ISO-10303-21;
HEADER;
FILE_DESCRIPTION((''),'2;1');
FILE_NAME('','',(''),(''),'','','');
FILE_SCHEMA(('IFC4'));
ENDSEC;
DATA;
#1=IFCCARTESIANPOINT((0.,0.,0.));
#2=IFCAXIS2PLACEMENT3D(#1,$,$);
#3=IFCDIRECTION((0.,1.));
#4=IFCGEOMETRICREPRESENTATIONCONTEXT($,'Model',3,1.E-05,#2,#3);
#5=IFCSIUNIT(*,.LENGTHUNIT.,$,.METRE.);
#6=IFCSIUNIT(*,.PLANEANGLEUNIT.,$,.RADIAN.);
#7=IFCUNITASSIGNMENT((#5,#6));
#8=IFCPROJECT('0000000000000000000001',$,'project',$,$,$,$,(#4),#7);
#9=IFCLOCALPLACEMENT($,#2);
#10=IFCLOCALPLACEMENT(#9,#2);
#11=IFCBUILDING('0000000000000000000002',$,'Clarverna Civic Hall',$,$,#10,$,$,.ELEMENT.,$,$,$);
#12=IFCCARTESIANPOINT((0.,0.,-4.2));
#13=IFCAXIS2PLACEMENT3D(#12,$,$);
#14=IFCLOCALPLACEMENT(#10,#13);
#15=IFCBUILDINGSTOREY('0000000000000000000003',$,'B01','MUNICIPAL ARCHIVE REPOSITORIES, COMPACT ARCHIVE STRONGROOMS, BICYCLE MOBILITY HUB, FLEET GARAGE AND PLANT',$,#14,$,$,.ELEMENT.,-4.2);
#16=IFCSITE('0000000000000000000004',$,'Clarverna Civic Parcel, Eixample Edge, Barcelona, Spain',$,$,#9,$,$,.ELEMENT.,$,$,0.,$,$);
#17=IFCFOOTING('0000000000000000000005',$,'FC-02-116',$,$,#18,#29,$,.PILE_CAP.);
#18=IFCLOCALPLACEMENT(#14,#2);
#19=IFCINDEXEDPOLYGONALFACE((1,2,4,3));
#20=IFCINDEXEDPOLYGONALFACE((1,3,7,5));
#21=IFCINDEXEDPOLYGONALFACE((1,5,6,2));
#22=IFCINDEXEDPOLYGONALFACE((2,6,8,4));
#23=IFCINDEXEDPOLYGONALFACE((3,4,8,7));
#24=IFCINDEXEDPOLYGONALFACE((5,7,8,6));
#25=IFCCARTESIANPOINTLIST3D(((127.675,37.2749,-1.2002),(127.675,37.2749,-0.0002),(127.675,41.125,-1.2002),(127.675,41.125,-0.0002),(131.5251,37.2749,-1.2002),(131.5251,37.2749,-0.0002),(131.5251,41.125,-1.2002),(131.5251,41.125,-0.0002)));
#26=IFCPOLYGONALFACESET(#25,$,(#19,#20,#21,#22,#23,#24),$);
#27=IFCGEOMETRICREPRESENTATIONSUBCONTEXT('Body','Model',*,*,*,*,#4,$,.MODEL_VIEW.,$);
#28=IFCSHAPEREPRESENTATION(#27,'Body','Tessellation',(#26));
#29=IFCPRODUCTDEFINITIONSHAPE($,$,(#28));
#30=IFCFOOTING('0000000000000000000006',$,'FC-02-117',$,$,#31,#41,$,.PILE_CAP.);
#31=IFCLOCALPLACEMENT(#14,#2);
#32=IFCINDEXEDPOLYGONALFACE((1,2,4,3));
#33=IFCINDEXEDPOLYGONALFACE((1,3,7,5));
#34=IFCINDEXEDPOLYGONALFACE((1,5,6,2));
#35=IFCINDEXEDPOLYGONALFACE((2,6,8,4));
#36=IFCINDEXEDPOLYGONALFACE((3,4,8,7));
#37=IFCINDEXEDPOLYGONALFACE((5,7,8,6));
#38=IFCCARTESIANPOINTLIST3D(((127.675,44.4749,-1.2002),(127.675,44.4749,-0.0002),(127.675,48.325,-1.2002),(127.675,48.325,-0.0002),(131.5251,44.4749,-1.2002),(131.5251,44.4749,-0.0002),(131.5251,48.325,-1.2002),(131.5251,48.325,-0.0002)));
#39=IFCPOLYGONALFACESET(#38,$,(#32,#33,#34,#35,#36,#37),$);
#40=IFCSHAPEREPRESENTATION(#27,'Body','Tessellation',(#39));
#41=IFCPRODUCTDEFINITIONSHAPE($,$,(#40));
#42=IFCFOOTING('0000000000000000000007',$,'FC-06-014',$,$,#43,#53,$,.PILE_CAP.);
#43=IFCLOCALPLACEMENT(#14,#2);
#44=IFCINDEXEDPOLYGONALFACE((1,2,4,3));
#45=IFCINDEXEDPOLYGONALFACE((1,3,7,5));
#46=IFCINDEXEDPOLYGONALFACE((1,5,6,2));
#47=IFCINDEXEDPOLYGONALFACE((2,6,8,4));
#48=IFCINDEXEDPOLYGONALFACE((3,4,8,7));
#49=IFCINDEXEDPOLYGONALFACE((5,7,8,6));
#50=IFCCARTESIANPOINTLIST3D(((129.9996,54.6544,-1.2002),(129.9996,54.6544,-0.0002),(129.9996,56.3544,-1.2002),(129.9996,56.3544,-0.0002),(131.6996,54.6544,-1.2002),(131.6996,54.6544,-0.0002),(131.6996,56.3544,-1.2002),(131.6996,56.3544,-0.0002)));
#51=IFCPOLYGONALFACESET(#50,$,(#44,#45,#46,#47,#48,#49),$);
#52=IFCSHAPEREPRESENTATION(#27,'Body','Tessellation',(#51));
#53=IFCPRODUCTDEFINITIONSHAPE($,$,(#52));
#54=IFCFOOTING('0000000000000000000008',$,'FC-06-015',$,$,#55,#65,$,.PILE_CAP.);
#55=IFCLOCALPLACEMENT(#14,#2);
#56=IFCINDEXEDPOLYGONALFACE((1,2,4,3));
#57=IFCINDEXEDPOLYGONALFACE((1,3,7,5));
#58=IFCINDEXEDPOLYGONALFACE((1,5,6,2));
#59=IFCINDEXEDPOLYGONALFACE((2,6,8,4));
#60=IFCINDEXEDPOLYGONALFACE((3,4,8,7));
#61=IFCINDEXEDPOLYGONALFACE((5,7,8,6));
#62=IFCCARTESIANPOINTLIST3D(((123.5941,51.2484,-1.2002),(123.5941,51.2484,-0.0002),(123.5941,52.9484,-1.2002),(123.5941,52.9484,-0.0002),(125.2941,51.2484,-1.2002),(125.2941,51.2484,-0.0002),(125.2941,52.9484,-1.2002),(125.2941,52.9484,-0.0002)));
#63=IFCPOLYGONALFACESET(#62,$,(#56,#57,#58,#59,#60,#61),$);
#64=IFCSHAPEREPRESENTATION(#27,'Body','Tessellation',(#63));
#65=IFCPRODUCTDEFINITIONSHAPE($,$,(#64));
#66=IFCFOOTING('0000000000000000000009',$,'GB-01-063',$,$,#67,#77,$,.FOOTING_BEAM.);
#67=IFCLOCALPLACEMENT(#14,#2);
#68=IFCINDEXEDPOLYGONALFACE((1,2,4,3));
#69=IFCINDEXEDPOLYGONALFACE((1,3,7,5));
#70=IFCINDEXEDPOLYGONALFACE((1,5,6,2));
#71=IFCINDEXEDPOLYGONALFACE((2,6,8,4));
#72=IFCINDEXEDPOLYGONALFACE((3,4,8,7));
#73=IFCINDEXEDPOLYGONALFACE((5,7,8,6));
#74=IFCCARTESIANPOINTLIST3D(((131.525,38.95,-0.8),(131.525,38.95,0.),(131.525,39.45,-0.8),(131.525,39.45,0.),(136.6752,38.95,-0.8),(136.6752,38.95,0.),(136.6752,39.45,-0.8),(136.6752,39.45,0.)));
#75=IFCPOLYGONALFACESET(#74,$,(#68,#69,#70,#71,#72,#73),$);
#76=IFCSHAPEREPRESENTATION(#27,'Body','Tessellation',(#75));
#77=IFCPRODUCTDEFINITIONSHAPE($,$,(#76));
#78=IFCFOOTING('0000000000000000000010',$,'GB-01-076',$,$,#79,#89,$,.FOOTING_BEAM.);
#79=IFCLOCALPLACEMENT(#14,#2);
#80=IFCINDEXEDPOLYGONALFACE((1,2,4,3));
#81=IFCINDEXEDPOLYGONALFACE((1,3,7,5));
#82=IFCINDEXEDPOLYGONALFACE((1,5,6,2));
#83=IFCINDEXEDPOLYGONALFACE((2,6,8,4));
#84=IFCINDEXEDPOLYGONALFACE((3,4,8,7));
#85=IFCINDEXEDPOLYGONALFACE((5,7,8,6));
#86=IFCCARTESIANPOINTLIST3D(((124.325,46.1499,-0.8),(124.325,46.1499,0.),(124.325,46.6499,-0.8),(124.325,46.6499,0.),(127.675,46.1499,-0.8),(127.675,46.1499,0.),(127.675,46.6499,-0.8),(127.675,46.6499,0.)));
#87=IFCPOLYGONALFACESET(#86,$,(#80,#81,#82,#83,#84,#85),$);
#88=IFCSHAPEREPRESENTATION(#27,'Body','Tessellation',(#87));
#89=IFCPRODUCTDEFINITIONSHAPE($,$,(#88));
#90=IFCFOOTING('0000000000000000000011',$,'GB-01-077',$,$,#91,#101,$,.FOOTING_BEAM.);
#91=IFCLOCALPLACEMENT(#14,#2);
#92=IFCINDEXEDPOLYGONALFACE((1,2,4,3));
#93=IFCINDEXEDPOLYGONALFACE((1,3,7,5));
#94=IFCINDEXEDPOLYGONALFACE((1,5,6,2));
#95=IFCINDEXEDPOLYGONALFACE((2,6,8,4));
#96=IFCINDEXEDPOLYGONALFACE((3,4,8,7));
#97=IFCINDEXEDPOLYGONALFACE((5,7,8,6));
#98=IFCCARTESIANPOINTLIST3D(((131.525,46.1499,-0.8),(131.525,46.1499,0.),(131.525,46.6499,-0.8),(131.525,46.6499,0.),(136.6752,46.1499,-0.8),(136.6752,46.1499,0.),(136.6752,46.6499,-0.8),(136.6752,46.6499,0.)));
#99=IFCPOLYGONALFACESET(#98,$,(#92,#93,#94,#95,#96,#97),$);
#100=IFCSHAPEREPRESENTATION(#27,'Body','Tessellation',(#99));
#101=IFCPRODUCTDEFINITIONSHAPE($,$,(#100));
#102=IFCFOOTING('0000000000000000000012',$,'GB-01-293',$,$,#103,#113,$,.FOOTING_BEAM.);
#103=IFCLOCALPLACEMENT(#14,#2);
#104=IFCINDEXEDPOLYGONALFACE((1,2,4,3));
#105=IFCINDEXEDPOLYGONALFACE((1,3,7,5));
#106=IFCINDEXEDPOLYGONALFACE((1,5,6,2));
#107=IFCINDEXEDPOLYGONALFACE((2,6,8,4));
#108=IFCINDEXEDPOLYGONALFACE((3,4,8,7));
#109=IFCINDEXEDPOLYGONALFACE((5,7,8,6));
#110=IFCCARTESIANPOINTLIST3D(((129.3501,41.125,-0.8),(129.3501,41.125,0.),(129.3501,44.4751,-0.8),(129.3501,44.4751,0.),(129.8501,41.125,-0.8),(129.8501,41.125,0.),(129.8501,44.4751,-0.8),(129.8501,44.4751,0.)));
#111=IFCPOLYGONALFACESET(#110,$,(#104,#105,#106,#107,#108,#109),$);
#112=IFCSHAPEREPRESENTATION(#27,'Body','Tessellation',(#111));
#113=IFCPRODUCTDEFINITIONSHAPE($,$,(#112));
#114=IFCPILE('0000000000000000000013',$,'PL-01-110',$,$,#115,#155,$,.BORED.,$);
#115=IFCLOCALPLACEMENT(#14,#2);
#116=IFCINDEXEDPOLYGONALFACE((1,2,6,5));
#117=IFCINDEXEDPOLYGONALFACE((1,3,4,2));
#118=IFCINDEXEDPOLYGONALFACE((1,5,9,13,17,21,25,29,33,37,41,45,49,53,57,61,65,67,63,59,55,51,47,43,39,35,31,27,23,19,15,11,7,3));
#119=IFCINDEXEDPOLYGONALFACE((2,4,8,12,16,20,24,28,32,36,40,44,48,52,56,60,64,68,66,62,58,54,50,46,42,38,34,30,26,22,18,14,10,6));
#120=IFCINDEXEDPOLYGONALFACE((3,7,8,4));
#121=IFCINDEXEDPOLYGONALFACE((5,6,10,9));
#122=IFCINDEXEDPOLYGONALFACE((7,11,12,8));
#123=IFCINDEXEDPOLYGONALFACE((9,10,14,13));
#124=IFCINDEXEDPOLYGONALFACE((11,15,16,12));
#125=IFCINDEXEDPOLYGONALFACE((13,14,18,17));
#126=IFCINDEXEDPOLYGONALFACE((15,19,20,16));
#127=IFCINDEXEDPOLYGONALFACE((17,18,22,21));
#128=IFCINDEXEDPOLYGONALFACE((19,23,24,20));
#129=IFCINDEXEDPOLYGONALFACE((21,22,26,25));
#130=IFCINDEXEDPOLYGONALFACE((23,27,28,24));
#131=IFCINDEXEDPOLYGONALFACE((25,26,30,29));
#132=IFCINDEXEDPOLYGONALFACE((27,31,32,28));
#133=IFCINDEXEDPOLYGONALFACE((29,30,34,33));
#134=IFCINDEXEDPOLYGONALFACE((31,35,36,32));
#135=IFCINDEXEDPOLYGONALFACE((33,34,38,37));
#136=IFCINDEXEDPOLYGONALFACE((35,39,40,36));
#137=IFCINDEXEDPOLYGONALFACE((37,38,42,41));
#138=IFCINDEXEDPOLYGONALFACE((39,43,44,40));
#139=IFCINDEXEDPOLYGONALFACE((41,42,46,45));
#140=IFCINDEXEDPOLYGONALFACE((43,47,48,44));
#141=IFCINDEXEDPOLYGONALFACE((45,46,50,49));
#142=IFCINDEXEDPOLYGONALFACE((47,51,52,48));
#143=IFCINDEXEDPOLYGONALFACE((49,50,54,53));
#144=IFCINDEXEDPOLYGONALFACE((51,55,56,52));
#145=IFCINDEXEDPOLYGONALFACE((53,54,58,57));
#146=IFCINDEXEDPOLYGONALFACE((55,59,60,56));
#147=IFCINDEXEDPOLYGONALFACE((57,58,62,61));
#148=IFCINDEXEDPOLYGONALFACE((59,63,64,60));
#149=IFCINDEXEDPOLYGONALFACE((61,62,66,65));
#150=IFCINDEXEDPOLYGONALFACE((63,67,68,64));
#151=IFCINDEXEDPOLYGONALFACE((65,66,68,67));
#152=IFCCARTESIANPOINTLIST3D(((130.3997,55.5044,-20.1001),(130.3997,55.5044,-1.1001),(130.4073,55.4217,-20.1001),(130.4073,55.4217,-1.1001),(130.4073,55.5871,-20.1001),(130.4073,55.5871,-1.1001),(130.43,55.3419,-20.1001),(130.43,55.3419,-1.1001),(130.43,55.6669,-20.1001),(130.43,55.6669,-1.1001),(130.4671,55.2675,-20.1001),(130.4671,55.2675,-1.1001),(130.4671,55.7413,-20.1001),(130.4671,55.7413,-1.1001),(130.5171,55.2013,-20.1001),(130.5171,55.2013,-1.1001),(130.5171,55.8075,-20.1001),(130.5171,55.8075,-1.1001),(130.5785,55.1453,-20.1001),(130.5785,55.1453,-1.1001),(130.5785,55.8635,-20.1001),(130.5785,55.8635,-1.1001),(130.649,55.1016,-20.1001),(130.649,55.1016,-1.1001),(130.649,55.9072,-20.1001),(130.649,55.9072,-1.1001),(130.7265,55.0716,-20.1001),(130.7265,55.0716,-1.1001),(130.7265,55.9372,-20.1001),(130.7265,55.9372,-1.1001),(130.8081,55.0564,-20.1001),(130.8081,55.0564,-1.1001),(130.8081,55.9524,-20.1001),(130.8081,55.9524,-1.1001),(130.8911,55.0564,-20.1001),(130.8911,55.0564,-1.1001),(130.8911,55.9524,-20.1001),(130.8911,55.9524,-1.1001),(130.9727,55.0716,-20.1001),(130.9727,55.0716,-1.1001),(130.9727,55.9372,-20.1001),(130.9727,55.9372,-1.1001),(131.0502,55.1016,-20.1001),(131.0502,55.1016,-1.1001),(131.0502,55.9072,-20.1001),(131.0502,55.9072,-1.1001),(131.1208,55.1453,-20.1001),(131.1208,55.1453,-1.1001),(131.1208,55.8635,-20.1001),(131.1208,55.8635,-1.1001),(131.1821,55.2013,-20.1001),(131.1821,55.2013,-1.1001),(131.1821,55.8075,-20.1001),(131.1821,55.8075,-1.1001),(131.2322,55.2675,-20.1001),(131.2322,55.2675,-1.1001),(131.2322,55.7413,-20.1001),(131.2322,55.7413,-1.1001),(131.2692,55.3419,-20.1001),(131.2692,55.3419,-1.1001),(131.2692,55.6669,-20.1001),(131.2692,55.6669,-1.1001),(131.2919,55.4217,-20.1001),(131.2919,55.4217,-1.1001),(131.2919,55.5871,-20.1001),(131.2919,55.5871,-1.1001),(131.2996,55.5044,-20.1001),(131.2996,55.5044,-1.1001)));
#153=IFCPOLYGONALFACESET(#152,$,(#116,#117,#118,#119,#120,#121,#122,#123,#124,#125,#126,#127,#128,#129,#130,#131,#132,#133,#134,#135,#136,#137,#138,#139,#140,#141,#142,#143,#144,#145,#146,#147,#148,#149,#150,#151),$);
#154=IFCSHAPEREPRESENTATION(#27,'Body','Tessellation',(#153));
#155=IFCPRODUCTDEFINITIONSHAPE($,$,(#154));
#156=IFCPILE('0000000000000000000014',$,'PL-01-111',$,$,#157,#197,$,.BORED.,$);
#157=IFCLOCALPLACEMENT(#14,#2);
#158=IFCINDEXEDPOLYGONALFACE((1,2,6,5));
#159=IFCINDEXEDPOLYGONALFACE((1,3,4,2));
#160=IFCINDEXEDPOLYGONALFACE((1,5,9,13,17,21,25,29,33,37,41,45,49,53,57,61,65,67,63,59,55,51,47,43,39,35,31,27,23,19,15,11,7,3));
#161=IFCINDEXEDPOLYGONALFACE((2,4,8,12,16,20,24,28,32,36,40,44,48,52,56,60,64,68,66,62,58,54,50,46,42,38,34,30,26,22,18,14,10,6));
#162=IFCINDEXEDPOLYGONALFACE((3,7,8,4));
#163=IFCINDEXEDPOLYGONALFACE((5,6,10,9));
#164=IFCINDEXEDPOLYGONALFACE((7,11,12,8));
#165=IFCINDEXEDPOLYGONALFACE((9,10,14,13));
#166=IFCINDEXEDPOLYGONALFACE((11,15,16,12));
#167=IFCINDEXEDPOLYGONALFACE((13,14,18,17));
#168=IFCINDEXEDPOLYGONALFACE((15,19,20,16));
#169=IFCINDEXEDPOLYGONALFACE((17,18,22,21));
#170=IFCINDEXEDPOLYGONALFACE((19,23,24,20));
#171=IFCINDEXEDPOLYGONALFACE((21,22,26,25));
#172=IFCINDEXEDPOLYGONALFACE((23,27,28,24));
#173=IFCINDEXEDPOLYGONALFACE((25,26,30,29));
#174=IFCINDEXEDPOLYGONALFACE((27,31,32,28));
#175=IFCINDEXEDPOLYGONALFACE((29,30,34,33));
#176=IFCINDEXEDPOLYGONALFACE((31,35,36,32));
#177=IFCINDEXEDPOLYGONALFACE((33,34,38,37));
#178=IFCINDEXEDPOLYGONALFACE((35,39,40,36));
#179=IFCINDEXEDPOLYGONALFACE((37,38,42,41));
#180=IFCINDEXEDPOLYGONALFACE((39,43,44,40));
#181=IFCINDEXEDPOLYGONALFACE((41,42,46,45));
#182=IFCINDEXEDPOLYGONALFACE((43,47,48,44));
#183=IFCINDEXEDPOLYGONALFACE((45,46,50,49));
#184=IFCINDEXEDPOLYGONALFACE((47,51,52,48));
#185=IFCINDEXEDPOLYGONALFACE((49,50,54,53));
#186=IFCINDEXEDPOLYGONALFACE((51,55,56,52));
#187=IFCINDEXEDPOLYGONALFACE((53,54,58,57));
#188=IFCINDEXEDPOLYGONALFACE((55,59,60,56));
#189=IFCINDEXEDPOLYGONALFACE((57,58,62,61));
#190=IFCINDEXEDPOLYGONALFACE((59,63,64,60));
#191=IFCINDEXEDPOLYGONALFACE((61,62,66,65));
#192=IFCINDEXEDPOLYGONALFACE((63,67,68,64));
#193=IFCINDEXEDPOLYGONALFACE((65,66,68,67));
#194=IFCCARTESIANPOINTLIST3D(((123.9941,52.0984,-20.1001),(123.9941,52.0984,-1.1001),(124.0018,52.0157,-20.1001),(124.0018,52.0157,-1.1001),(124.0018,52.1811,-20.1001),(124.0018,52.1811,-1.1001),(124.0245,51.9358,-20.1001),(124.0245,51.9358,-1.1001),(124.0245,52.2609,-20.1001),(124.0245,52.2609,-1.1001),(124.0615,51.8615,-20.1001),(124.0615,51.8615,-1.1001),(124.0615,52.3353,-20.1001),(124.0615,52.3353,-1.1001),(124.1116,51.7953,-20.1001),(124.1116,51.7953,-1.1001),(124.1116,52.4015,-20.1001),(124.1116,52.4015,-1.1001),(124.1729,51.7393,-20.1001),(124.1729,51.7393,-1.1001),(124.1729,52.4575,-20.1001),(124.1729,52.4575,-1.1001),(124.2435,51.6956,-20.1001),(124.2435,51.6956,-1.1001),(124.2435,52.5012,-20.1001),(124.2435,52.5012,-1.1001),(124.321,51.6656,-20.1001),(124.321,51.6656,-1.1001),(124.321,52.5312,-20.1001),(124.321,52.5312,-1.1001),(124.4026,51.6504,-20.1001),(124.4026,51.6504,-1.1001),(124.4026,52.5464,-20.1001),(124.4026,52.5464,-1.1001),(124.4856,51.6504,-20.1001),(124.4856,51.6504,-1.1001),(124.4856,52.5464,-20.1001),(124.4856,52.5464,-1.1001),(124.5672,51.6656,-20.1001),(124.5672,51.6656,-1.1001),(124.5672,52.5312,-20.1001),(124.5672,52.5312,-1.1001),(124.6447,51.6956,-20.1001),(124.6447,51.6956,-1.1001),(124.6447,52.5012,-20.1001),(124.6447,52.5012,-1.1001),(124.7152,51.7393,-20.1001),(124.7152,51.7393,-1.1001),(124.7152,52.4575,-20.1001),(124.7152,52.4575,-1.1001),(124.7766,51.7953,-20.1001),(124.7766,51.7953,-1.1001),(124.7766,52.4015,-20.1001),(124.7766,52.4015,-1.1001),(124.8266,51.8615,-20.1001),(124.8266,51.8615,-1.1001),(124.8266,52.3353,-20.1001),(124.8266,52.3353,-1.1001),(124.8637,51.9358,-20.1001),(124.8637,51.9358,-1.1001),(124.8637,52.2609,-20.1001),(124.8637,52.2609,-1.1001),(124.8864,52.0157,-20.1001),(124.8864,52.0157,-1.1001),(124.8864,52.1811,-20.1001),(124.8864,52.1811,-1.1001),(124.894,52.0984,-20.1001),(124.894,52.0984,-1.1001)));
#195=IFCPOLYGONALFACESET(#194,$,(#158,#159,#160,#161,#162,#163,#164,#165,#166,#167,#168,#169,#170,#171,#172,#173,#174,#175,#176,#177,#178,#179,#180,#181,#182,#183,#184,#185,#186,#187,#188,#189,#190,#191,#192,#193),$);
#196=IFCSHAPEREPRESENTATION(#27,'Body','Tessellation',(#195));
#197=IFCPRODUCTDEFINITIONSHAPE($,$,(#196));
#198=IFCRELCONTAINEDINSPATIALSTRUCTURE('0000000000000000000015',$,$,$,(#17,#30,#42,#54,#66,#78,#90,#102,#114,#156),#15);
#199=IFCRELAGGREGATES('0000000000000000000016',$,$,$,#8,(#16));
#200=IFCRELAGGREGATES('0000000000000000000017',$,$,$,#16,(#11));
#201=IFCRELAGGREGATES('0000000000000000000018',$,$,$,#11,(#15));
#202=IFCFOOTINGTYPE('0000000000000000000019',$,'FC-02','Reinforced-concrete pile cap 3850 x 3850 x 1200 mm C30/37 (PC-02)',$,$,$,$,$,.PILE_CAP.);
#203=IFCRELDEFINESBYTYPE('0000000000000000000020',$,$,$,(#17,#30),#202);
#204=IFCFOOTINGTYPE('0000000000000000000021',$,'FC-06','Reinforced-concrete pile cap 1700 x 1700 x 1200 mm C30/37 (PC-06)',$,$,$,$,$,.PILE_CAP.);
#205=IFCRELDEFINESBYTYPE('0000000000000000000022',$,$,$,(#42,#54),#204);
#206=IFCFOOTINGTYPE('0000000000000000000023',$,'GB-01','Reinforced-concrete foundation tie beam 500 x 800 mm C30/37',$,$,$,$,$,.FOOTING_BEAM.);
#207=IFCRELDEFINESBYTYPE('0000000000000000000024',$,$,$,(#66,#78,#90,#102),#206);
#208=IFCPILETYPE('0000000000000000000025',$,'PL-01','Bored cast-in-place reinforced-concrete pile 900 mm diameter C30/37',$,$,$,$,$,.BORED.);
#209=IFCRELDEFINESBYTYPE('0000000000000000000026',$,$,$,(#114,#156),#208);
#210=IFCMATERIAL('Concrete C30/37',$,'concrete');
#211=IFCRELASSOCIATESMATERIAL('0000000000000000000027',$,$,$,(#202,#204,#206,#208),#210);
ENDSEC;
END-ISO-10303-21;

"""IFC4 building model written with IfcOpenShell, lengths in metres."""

from ifc_helpers import new_model, si_unit, direction, frame, frame_2d, origin, origin_2d, place, context, subcontext, project, spatial, rectangle, circle, extrude, material, material_profile, profile_set, type_object, element, save


model = new_model("IFC4")

# Units and contexts
model_context = context("Model", 3, precision=1e-05, world=origin(), true_north=direction((0.0, 1.0)))
body_context = subcontext(model_context, "Body", "Model", "MODEL_VIEW")
ifc_project = project(units=[si_unit("LENGTHUNIT", "METRE"), si_unit("PLANEANGLEUNIT", "RADIAN")], contexts=[model_context])

# Site, building, storey
site_placement = place(None, origin())
site = spatial("IfcSite", under=ifc_project, at=site_placement, Name="Clarverna Civic Parcel, Eixample Edge, Barcelona, Spain", CompositionType="ELEMENT", RefElevation=0.0)
building_placement = place(site_placement, origin())
building = spatial("IfcBuilding", under=site, at=building_placement, Name="Clarverna Civic Hall", CompositionType="ELEMENT")
storey_placement = place(building_placement, frame((0.0, 0.0, -4.2)))
storey = spatial("IfcBuildingStorey", under=building, at=storey_placement, Name="B01", Description="MUNICIPAL ARCHIVE REPOSITORIES, COMPACT ARCHIVE STRONGROOMS, BICYCLE MOBILITY HUB, FLEET GARAGE AND PLANT", CompositionType="ELEMENT", Elevation=-4.2)

# Footings
ifc_material_1 = material(Name="Concrete C30/37", Category="concrete")
footing_type_1 = type_object("IfcFootingType", Name="FC-02", Description="Reinforced-concrete pile cap 3850 x 3850 x 1200 mm C30/37 (PC-02)", PredefinedType="PILE_CAP", material=ifc_material_1)
for number, where, z_axis, x_axis, name in (
    (1, (129.6001, 39.2, -1.2002), (0.0, 0.0, 1.0), (1.0, 0.0, 0.0), "FC-02-116"),
    (2, (129.6001, 46.3999, -1.2002), (0.0, 0.0, 1.0), (1.0, 0.0, 0.0), "FC-02-117"),
):
    element("IfcFooting", number, at=place(storey_placement, frame(where, z_axis=z_axis, x_axis=x_axis)), inside=storey, type_object=footing_type_1, Name=name, PredefinedType="PILE_CAP", context=body_context, shape_type="SweptSolid", body=[
        extrude(rectangle(XDim=3.8501, YDim=3.8501, at=origin_2d()), origin(), (0.0, 0.0, 1.0), 1.2),
    ])
footing_type_2 = type_object("IfcFootingType", Name="FC-06", Description="Reinforced-concrete pile cap 1700 x 1700 x 1200 mm C30/37 (PC-06)", PredefinedType="PILE_CAP", material=ifc_material_1)
for number, where, z_axis, x_axis, name in (
    (3, (130.8496, 55.5044, -1.2002), (0.0, 0.0, 1.0), (1.0, 0.0, 0.0), "FC-06-014"),
    (4, (124.4441, 52.0984, -1.2002), (0.0, 0.0, 1.0), (1.0, 0.0, 0.0), "FC-06-015"),
):
    element("IfcFooting", number, at=place(storey_placement, frame(where, z_axis=z_axis, x_axis=x_axis)), inside=storey, type_object=footing_type_2, Name=name, PredefinedType="PILE_CAP", context=body_context, shape_type="SweptSolid", body=[
        extrude(rectangle(XDim=1.7, YDim=1.7, at=origin_2d()), origin(), (0.0, 0.0, 1.0), 1.2),
    ])
footing_type_3 = type_object("IfcFootingType", Name="GB-01", Description="Reinforced-concrete foundation tie beam 500 x 800 mm C30/37", PredefinedType="FOOTING_BEAM", material=ifc_material_1)
footing_1_placement = place(storey_placement, frame((131.5249, 39.2, -0.8), z_axis=(0.0, 0.0, 1.0), x_axis=(1.0, 0.0, 0.0)))
element("IfcFooting", 5, at=footing_1_placement, inside=storey, type_object=footing_type_3, Name="GB-01-063", PredefinedType="FOOTING_BEAM", context=body_context, shape_type="SweptSolid", body=[
    extrude(rectangle(XDim=5.1501, YDim=0.5, at=frame_2d((2.5752, 0.0))), origin(), (0.0, 0.0, 1.0), 0.8),
])
footing_2_placement = place(storey_placement, frame((124.325, 46.3999, -0.8), z_axis=(0.0, 0.0, 1.0), x_axis=(1.0, 0.0, 0.0)))
element("IfcFooting", 6, at=footing_2_placement, inside=storey, type_object=footing_type_3, Name="GB-01-076", PredefinedType="FOOTING_BEAM", context=body_context, shape_type="SweptSolid", body=[
    extrude(rectangle(XDim=3.3501, YDim=0.5, at=frame_2d((1.675, 0.0))), origin(), (0.0, 0.0, 1.0), 0.8),
])
footing_3_placement = place(storey_placement, frame((131.5249, 46.3999, -0.8), z_axis=(0.0, 0.0, 1.0), x_axis=(1.0, 0.0, 0.0)))
element("IfcFooting", 7, at=footing_3_placement, inside=storey, type_object=footing_type_3, Name="GB-01-077", PredefinedType="FOOTING_BEAM", context=body_context, shape_type="SweptSolid", body=[
    extrude(rectangle(XDim=5.1501, YDim=0.5, at=frame_2d((2.5752, 0.0))), origin(), (0.0, 0.0, 1.0), 0.8),
])
footing_4_placement = place(storey_placement, frame((129.6001, 41.125, -0.8), z_axis=(0.0, 0.0, 1.0), x_axis=(0.0, 1.0, 0.0)))
element("IfcFooting", 8, at=footing_4_placement, inside=storey, type_object=footing_type_3, Name="GB-01-293", PredefinedType="FOOTING_BEAM", context=body_context, shape_type="SweptSolid", body=[
    extrude(rectangle(XDim=3.3501, YDim=0.5, at=frame_2d((1.675, 0.0))), origin(), (0.0, 0.0, 1.0), 0.8),
])

# Piles
ifc_material_profile_1 = material_profile(ifc_material_1, circle(Radius=0.45, at=origin_2d()), Name="BORED PILE D900")
ifc_profile_set_1 = profile_set([ifc_material_profile_1], Name="Concrete C30/37")
pile_type = type_object("IfcPileType", Name="PL-01", Description="Bored cast-in-place reinforced-concrete pile 900 mm diameter C30/37", PredefinedType="BORED", material=ifc_profile_set_1)
for number, where, z_axis, x_axis, name in (
    (9, (130.8496, 55.5044, -1.1001), (0.0, 0.0, -1.0), (1.0, 0.0, 0.0), "PL-01-110"),
    (10, (124.4441, 52.0984, -1.1001), (0.0, 0.0, -1.0), (1.0, 0.0, 0.0), "PL-01-111"),
):
    element("IfcPile", number, at=place(storey_placement, frame(where, z_axis=z_axis, x_axis=x_axis)), inside=storey, type_object=pile_type, Name=name, PredefinedType="BORED", context=body_context, shape_type="SweptSolid", body=[
        extrude(circle(Radius=0.45, at=origin_2d()), origin(), (0.0, 0.0, 1.0), 19.0),
    ])

save(model, "model.ifc")
